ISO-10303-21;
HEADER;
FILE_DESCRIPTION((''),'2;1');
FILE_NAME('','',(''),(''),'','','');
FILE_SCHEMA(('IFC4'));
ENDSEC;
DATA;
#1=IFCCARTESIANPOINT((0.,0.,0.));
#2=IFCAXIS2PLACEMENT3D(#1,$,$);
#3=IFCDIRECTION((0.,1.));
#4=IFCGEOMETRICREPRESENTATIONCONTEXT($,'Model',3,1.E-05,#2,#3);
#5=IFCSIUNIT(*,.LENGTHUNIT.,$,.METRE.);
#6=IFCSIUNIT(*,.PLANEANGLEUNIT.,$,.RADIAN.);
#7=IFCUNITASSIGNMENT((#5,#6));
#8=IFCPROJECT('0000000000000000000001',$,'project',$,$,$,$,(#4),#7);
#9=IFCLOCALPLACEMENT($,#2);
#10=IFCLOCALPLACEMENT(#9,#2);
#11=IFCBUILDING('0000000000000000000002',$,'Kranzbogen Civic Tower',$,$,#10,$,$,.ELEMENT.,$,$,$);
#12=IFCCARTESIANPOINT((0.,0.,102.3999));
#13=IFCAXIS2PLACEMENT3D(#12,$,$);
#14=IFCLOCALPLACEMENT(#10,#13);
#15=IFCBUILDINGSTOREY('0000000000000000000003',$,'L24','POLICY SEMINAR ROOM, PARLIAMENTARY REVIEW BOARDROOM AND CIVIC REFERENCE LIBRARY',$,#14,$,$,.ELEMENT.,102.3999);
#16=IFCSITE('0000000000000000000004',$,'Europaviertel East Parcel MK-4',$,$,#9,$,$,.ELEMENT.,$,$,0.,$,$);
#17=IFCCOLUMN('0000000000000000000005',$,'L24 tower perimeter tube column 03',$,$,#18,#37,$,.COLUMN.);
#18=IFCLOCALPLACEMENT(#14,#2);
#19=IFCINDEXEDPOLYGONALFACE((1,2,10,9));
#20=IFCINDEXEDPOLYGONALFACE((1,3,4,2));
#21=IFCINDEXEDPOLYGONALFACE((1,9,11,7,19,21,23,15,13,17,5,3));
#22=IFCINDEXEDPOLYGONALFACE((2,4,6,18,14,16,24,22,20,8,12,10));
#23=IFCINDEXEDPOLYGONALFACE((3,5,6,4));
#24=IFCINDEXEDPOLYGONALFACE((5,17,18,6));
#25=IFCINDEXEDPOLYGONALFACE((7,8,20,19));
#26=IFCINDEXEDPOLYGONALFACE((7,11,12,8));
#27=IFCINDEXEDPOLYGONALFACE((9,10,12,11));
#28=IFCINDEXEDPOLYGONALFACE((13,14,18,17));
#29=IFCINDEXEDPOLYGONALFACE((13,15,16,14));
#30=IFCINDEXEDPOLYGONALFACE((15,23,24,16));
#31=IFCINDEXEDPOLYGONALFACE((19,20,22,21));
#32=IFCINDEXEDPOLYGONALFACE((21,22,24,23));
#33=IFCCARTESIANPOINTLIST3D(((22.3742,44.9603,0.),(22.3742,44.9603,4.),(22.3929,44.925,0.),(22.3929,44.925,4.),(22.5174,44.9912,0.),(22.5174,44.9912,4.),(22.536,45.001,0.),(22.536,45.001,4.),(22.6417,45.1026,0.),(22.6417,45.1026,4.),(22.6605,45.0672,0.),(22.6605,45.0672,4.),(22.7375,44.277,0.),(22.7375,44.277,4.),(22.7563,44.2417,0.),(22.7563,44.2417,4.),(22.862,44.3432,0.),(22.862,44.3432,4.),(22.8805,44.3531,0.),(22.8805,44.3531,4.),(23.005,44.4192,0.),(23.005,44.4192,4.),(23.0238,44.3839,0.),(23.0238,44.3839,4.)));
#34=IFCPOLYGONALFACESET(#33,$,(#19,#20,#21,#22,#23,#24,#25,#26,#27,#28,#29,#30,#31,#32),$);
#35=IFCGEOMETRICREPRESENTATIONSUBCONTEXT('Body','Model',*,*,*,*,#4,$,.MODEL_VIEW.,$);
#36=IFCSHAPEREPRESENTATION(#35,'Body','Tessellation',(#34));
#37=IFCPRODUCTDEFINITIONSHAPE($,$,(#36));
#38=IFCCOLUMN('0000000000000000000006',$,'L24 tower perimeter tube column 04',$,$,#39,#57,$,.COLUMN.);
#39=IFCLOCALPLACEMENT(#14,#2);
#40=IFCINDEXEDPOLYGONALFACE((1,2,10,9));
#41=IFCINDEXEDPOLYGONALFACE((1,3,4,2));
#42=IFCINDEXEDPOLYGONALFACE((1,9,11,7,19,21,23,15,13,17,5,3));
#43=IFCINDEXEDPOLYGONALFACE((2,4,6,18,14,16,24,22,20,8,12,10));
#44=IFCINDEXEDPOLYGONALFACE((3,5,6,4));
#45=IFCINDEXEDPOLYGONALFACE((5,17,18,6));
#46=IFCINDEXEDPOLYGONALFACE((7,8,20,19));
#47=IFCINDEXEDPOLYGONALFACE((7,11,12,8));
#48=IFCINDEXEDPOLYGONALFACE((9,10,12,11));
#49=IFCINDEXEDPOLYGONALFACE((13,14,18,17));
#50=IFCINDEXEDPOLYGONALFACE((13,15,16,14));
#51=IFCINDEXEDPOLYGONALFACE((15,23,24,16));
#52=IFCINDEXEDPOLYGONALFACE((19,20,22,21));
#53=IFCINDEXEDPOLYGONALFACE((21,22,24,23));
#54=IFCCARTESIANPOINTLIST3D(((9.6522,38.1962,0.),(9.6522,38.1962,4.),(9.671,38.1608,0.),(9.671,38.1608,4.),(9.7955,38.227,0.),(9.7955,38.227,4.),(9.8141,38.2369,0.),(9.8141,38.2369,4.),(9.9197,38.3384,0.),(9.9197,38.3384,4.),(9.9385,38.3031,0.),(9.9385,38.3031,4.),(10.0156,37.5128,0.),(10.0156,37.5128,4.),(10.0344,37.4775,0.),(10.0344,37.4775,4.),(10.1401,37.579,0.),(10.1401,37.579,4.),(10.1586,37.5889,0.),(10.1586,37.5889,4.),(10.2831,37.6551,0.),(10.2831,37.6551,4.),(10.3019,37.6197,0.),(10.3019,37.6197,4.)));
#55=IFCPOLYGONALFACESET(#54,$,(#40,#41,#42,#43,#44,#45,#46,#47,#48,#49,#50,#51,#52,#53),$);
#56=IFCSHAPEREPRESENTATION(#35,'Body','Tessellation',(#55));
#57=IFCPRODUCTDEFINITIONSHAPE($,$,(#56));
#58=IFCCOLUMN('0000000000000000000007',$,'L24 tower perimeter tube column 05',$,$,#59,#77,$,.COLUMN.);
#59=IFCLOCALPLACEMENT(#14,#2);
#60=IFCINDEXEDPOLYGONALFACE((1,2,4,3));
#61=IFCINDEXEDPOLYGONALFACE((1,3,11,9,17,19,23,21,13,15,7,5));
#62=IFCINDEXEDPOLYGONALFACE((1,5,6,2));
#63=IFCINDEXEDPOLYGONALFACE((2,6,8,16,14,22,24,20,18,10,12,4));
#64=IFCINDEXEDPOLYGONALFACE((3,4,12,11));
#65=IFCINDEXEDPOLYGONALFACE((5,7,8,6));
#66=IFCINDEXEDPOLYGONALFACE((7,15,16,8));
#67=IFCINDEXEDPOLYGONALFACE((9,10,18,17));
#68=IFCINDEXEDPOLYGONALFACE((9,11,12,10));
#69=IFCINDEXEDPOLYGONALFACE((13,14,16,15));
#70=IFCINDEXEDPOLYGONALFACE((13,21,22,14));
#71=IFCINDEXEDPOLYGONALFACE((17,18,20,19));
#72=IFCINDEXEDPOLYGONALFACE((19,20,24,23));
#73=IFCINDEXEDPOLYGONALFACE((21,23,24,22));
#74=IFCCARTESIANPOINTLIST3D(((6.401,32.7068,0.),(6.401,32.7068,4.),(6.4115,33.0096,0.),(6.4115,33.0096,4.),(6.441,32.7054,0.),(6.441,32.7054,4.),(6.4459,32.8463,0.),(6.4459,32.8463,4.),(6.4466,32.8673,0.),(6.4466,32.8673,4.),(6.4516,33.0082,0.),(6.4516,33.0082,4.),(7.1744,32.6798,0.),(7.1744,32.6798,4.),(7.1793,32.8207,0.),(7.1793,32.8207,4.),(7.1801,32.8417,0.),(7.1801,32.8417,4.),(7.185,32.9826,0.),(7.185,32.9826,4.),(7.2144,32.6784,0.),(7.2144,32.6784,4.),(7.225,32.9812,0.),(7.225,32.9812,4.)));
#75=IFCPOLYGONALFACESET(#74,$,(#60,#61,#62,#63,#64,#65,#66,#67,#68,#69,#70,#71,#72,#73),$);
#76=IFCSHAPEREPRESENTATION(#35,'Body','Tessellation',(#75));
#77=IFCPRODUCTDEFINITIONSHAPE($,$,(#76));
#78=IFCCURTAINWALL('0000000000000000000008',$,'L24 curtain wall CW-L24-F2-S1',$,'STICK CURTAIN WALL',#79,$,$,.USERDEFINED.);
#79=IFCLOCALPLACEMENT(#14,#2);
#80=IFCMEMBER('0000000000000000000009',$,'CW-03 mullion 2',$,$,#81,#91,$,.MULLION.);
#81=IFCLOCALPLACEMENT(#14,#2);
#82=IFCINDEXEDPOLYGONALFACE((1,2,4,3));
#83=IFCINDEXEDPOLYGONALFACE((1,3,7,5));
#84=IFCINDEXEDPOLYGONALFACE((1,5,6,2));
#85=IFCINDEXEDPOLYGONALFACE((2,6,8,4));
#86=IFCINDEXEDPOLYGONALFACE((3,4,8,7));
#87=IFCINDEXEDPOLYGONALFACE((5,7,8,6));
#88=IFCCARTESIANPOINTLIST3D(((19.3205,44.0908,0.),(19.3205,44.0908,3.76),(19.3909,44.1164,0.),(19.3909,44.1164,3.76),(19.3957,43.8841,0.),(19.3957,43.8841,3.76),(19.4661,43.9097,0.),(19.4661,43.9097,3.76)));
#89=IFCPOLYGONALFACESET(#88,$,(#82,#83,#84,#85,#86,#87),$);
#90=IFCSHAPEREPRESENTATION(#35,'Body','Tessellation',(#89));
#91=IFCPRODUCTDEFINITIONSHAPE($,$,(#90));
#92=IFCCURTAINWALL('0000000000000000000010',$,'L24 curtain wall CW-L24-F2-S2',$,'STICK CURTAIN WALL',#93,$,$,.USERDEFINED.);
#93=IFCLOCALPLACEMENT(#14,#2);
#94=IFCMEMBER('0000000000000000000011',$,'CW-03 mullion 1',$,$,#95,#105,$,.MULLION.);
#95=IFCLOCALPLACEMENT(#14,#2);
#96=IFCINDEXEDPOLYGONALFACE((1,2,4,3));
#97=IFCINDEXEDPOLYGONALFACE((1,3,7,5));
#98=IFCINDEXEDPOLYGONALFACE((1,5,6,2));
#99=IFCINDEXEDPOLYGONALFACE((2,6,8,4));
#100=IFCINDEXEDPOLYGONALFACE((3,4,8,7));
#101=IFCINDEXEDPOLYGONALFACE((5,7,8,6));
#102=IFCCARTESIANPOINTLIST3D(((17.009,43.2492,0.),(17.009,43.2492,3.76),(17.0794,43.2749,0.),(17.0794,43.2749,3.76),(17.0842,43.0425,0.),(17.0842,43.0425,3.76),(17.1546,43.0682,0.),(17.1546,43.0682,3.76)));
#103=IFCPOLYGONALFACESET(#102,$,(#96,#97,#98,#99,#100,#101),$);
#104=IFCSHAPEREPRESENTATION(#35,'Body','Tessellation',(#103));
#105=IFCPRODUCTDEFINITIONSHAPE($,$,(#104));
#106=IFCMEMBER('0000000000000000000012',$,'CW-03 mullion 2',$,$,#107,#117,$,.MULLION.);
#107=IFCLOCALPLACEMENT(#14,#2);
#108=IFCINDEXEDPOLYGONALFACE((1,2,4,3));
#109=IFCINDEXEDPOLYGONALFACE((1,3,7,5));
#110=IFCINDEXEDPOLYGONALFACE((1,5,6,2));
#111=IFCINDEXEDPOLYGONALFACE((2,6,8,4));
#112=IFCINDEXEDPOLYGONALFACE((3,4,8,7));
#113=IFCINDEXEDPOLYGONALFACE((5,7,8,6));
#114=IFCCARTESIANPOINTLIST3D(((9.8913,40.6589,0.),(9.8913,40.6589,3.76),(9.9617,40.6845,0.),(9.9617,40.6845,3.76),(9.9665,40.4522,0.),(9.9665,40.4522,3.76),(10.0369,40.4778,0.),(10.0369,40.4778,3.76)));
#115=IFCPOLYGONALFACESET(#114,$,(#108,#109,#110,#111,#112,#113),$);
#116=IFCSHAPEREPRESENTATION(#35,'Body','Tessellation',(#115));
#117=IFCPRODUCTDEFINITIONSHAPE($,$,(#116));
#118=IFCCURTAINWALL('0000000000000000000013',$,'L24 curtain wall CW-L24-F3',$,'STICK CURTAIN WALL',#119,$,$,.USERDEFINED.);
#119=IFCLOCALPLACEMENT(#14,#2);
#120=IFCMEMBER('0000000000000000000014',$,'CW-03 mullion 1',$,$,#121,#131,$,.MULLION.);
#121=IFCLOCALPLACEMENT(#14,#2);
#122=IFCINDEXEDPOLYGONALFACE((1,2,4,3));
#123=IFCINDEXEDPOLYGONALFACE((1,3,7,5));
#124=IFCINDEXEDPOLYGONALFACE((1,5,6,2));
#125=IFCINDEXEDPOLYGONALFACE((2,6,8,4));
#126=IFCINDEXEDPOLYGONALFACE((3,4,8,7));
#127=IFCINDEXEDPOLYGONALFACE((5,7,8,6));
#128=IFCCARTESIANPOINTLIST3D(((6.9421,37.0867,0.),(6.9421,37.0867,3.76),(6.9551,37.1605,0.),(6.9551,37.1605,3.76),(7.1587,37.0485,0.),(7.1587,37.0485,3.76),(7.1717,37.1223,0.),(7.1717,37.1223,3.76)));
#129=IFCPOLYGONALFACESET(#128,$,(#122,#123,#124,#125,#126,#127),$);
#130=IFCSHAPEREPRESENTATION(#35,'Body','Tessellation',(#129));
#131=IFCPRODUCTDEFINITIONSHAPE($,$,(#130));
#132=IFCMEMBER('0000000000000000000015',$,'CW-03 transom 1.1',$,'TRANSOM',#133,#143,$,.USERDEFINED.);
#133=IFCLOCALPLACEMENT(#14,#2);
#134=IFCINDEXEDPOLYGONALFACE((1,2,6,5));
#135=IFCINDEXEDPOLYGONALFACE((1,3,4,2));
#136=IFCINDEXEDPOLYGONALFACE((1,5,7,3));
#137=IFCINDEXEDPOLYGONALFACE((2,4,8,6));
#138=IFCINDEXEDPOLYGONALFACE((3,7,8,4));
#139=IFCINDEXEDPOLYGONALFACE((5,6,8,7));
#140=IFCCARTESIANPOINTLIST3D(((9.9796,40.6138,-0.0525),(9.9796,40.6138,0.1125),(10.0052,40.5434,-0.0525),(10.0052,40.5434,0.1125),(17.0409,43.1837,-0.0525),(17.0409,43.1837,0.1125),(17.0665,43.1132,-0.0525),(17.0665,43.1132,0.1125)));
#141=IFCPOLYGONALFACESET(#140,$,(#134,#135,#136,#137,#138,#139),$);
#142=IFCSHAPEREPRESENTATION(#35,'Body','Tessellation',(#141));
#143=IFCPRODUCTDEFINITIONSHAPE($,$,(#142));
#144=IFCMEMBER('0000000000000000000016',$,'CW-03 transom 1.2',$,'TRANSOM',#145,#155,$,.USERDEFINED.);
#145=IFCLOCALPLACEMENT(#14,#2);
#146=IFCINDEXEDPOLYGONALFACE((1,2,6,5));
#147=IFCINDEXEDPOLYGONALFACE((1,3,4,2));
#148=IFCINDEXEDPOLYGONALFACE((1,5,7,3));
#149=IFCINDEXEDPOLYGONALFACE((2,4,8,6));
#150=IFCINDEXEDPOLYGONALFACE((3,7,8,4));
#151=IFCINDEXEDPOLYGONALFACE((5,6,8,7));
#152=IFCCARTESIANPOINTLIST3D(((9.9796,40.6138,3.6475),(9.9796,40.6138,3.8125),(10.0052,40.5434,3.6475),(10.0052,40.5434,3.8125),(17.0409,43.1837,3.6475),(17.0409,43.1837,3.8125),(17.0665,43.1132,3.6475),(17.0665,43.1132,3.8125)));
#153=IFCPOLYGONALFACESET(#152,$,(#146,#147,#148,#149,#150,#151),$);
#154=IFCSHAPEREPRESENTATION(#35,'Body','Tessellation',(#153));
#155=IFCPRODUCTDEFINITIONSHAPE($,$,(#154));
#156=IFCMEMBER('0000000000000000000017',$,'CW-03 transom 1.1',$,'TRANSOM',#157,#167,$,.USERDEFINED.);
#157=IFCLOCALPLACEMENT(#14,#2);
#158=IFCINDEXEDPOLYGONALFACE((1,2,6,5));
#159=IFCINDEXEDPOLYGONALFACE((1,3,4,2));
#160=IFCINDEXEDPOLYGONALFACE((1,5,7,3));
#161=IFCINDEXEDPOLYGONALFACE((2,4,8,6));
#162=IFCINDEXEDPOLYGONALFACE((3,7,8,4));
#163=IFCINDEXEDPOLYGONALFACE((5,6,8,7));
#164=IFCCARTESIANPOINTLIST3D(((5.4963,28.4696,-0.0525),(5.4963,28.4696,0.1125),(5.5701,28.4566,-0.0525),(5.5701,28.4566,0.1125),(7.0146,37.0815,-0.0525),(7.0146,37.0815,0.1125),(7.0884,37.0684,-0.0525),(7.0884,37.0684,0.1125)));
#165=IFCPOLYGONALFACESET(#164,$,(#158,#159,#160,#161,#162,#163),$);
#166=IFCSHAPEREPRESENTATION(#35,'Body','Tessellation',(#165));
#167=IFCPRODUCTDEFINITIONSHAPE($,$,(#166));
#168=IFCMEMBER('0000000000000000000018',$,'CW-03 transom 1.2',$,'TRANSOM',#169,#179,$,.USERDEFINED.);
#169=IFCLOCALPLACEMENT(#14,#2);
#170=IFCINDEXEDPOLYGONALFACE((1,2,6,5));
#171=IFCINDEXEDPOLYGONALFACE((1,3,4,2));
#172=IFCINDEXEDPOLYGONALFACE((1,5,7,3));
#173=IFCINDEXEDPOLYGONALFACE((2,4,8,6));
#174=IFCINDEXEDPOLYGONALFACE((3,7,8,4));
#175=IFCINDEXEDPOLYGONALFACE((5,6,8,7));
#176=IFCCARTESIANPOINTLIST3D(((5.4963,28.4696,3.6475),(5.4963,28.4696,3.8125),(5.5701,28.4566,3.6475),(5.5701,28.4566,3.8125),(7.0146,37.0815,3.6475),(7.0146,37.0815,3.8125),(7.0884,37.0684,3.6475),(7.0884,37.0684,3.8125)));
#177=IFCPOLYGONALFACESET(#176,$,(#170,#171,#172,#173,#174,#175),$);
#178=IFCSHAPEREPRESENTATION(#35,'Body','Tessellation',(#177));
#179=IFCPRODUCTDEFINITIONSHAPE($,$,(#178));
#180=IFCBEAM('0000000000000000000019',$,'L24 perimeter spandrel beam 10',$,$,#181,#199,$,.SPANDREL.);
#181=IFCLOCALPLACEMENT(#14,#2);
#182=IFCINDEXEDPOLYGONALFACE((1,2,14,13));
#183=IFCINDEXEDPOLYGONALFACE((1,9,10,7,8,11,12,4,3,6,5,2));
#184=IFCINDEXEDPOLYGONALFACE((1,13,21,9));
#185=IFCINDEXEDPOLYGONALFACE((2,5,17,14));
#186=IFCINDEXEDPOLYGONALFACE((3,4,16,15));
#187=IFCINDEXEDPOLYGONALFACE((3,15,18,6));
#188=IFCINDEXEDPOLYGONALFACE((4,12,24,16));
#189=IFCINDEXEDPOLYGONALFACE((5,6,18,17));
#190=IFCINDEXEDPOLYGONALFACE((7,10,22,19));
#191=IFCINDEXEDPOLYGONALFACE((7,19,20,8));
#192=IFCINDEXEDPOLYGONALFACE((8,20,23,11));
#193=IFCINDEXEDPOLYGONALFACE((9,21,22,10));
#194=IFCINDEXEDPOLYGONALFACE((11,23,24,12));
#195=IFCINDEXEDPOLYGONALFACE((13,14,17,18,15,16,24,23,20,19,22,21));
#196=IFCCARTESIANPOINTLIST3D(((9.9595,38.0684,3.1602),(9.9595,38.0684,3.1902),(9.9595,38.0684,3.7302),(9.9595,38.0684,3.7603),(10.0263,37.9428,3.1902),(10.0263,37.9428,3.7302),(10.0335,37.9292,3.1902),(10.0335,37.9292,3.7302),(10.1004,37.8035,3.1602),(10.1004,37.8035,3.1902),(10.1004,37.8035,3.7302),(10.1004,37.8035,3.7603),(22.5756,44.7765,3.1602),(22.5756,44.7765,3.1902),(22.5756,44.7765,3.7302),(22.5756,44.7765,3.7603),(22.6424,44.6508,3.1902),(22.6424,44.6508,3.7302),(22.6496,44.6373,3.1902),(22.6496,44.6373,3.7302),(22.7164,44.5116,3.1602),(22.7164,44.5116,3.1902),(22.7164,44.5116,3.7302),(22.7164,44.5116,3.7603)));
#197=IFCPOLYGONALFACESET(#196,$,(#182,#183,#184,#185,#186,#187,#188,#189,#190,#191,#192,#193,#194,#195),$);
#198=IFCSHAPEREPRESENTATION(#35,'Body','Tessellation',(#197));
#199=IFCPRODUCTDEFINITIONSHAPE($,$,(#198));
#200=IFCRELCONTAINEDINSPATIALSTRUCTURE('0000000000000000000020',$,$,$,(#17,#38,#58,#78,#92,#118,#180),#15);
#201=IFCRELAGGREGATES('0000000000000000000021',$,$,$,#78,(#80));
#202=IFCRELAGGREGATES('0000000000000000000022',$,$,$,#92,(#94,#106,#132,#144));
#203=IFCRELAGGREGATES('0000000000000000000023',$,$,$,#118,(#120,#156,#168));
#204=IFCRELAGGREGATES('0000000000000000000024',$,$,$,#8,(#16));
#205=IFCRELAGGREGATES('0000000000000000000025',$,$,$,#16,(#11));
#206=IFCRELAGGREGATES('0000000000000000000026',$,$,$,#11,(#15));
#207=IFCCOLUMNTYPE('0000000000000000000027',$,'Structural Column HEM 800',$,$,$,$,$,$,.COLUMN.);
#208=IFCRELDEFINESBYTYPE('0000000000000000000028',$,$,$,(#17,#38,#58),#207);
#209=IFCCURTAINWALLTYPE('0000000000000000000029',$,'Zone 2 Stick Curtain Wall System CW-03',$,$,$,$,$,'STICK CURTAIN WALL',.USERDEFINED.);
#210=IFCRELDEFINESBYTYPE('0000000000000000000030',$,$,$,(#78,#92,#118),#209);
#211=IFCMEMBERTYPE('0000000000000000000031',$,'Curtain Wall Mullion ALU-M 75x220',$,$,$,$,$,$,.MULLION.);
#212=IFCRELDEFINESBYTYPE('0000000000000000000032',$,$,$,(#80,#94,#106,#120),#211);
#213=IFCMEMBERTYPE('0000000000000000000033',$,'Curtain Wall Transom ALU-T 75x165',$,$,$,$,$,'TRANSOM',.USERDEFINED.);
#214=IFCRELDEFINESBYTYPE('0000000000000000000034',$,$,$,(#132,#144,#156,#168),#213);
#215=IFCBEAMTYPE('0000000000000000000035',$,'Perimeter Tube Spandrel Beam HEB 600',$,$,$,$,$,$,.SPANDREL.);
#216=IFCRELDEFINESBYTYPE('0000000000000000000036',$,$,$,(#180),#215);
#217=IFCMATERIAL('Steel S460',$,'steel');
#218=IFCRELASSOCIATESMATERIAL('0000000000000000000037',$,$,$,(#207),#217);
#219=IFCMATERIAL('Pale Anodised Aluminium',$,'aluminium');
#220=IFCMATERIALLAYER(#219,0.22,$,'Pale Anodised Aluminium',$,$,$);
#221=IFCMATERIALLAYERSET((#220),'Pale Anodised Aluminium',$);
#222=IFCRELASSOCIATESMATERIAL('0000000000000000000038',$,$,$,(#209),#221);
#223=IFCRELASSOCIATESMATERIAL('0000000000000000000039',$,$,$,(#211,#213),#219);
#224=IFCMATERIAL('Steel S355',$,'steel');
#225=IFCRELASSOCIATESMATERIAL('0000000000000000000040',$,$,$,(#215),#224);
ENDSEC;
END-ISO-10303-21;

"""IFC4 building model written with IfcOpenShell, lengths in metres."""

from ifc_helpers import new_model, si_unit, direction, frame, origin, origin_2d, place, context, subcontext, project, spatial, rectangle, i_section, extrude, material, layer, layer_set, material_profile, profile_set, type_object, element, aggregate, save


model = new_model("IFC4")

# Units and contexts
model_context = context("Model", 3, precision=1e-05, world=origin(), true_north=direction((0.0, 1.0)))
body_context = subcontext(model_context, "Body", "Model", "MODEL_VIEW")
ifc_project = project(units=[si_unit("LENGTHUNIT", "METRE"), si_unit("PLANEANGLEUNIT", "RADIAN")], contexts=[model_context])

# Site, building, storey
site_placement = place(None, origin())
site = spatial("IfcSite", under=ifc_project, at=site_placement, Name="Europaviertel East Parcel MK-4", CompositionType="ELEMENT", RefElevation=0.0)
building_placement = place(site_placement, origin())
building = spatial("IfcBuilding", under=site, at=building_placement, Name="Kranzbogen Civic Tower", CompositionType="ELEMENT")
storey_placement = place(building_placement, frame((0.0, 0.0, 102.3999)))
storey = spatial("IfcBuildingStorey", under=building, at=storey_placement, Name="L24", Description="POLICY SEMINAR ROOM, PARLIAMENTARY REVIEW BOARDROOM AND CIVIC REFERENCE LIBRARY", CompositionType="ELEMENT", Elevation=102.3999)

# Columns
ifc_material_1 = material(Name="Steel S460", Category="steel")
ifc_material_profile_1 = material_profile(ifc_material_1, i_section(OverallWidth=0.303, OverallDepth=0.814, WebThickness=0.021, FlangeThickness=0.04, at=origin_2d()), Name="HEM 800")
ifc_profile_set_1 = profile_set([ifc_material_profile_1], Name="Steel S460")
column_type = type_object("IfcColumnType", Name="Structural Column HEM 800", PredefinedType="COLUMN", material=ifc_profile_set_1)
for number, where, z_axis, x_axis, name in (
    (1, (22.699, 44.6721, 0.0), (0.0, 0.0, 1.0), (0.882948, 0.469472, 0.0), "L24 tower perimeter tube column 03"),
    (2, (9.9771, 37.908, 0.0), (0.0, 0.0, 1.0), (0.882948, 0.469472, 0.0), "L24 tower perimeter tube column 04"),
    (3, (6.813, 32.844, 0.0), (0.0, 0.0, 1.0), (0.034899, 0.999391, 0.0), "L24 tower perimeter tube column 05"),
):
    element("IfcColumn", number, at=place(storey_placement, frame(where, z_axis=z_axis, x_axis=x_axis)), inside=storey, type_object=column_type, Name=name, PredefinedType="COLUMN", context=body_context, shape_type="SweptSolid", body=[
        extrude(i_section(OverallWidth=0.303, OverallDepth=0.814, WebThickness=0.021, FlangeThickness=0.04, at=origin_2d()), origin(), (0.0, 0.0, 1.0), 4.0),
    ])

# Curtain wall, member
ifc_material_2 = material(Name="Pale Anodised Aluminium", Category="aluminium")
ifc_layer_1 = layer(ifc_material_2, 0.22, Name="Pale Anodised Aluminium")
ifc_layer_set_1 = layer_set([ifc_layer_1], Name="Pale Anodised Aluminium")
curtain_wall_type = type_object("IfcCurtainWallType", Name="Zone 2 Stick Curtain Wall System CW-03", ElementType="STICK CURTAIN WALL", PredefinedType="USERDEFINED", material=ifc_layer_set_1)
curtain_wall_1_placement = place(storey_placement, origin())
curtain_wall_1 = element("IfcCurtainWall", 4, at=curtain_wall_1_placement, inside=storey, type_object=curtain_wall_type, Name="L24 curtain wall CW-L24-F2-S1", ObjectType="STICK CURTAIN WALL", PredefinedType="USERDEFINED")
ifc_material_profile_2 = material_profile(ifc_material_2, rectangle(XDim=0.075, YDim=0.22, at=origin_2d()), Name="ALU-M 75x220")
ifc_profile_set_2 = profile_set([ifc_material_profile_2], Name="Pale Anodised Aluminium")
member_type_1 = type_object("IfcMemberType", Name="Curtain Wall Mullion ALU-M 75x220", PredefinedType="MULLION", material=ifc_profile_set_2)
member_1_placement = place(storey_placement, frame((19.3933, 44.0002, 0.0), z_axis=(0.0, 0.0, 1.0), x_axis=(-0.939698, -0.342006, 0.0)))
member_1 = element("IfcMember", 5, at=member_1_placement, type_object=member_type_1, Name="CW-03 mullion 2", PredefinedType="MULLION", context=body_context, shape_type="SweptSolid", body=[
    extrude(rectangle(XDim=0.075, YDim=0.22, at=origin_2d()), origin(), (0.0, 0.0, 1.0), 3.76),
])

# Curtain wall, members
curtain_wall_2_placement = place(storey_placement, origin())
curtain_wall_2 = element("IfcCurtainWall", 6, at=curtain_wall_2_placement, inside=storey, type_object=curtain_wall_type, Name="L24 curtain wall CW-L24-F2-S2", ObjectType="STICK CURTAIN WALL", PredefinedType="USERDEFINED")
member_2_placement = place(storey_placement, frame((17.0818, 43.1587, 0.0), z_axis=(0.0, 0.0, 1.0), x_axis=(-0.939698, -0.342006, 0.0)))
member_2 = element("IfcMember", 7, at=member_2_placement, type_object=member_type_1, Name="CW-03 mullion 1", PredefinedType="MULLION", context=body_context, shape_type="SweptSolid", body=[
    extrude(rectangle(XDim=0.075, YDim=0.22, at=origin_2d()), origin(), (0.0, 0.0, 1.0), 3.76),
])
member_3_placement = place(storey_placement, frame((9.9641, 40.5684, 0.0), z_axis=(0.0, 0.0, 1.0), x_axis=(-0.939698, -0.342006, 0.0)))
member_3 = element("IfcMember", 8, at=member_3_placement, type_object=member_type_1, Name="CW-03 mullion 2", PredefinedType="MULLION", context=body_context, shape_type="SweptSolid", body=[
    extrude(rectangle(XDim=0.075, YDim=0.22, at=origin_2d()), origin(), (0.0, 0.0, 1.0), 3.76),
])

# Curtain wall, member
curtain_wall_3_placement = place(storey_placement, origin())
curtain_wall_3 = element("IfcCurtainWall", 9, at=curtain_wall_3_placement, inside=storey, type_object=curtain_wall_type, Name="L24 curtain wall CW-L24-F3", ObjectType="STICK CURTAIN WALL", PredefinedType="USERDEFINED")
member_4_placement = place(storey_placement, frame((7.0569, 37.1045, 0.0), z_axis=(0.0, 0.0, 1.0), x_axis=(-0.173634, -0.98481, 0.0)))
member_4 = element("IfcMember", 10, at=member_4_placement, type_object=member_type_1, Name="CW-03 mullion 1", PredefinedType="MULLION", context=body_context, shape_type="SweptSolid", body=[
    extrude(rectangle(XDim=0.075, YDim=0.22, at=origin_2d()), origin(), (0.0, 0.0, 1.0), 3.76),
])

# Members
ifc_material_profile_3 = material_profile(ifc_material_2, rectangle(XDim=0.075, YDim=0.165, at=origin_2d()), Name="ALU-T 75x165")
ifc_profile_set_3 = profile_set([ifc_material_profile_3], Name="Pale Anodised Aluminium")
member_type_2 = type_object("IfcMemberType", Name="Curtain Wall Transom ALU-T 75x165", ElementType="TRANSOM", PredefinedType="USERDEFINED", material=ifc_profile_set_3)
member_5_placement = place(storey_placement, frame((17.0537, 43.1484, 0.03), z_axis=(-0.939704, -0.341988, 0.0), x_axis=(0.341988, -0.939704, 0.0)))
member_5 = element("IfcMember", 11, at=member_5_placement, type_object=member_type_2, Name="CW-03 transom 1.1", ObjectType="TRANSOM", PredefinedType="USERDEFINED", context=body_context, shape_type="SweptSolid", body=[
    extrude(rectangle(XDim=0.075, YDim=0.165, at=origin_2d()), origin(), (0.0, 0.0, 1.0), 7.5144),
])
member_6_placement = place(storey_placement, frame((17.0537, 43.1484, 3.73), z_axis=(-0.939704, -0.341988, 0.0), x_axis=(0.341988, -0.939704, 0.0)))
member_6 = element("IfcMember", 12, at=member_6_placement, type_object=member_type_2, Name="CW-03 transom 1.2", ObjectType="TRANSOM", PredefinedType="USERDEFINED", context=body_context, shape_type="SweptSolid", body=[
    extrude(rectangle(XDim=0.075, YDim=0.165, at=origin_2d()), origin(), (0.0, 0.0, 1.0), 7.5144),
])
member_7_placement = place(storey_placement, frame((7.0515, 37.075, 0.03), z_axis=(-0.173628, -0.984811, 0.0), x_axis=(0.984811, -0.173628, 0.0)))
member_7 = element("IfcMember", 13, at=member_7_placement, type_object=member_type_2, Name="CW-03 transom 1.1", ObjectType="TRANSOM", PredefinedType="USERDEFINED", context=body_context, shape_type="SweptSolid", body=[
    extrude(rectangle(XDim=0.075, YDim=0.165, at=origin_2d()), origin(), (0.0, 0.0, 1.0), 8.7446),
])
member_8_placement = place(storey_placement, frame((7.0515, 37.075, 3.73), z_axis=(-0.173628, -0.984811, 0.0), x_axis=(0.984811, -0.173628, 0.0)))
member_8 = element("IfcMember", 14, at=member_8_placement, type_object=member_type_2, Name="CW-03 transom 1.2", ObjectType="TRANSOM", PredefinedType="USERDEFINED", context=body_context, shape_type="SweptSolid", body=[
    extrude(rectangle(XDim=0.075, YDim=0.165, at=origin_2d()), origin(), (0.0, 0.0, 1.0), 8.7446),
])

# Beam
ifc_material_3 = material(Name="Steel S355", Category="steel")
ifc_material_profile_4 = material_profile(ifc_material_3, i_section(OverallWidth=0.3, OverallDepth=0.6001, WebThickness=0.0154, FlangeThickness=0.03, at=origin_2d()), Name="HEB 600")
ifc_profile_set_4 = profile_set([ifc_material_profile_4], Name="Steel S355")
beam_type_1 = type_object("IfcBeamType", Name="Perimeter Tube Spandrel Beam HEB 600", PredefinedType="SPANDREL", material=ifc_profile_set_4)
beam_1_placement = place(storey_placement, frame((22.646, 44.644, 3.4602), z_axis=(-0.882948, -0.46947, 0.0), x_axis=(0.46947, -0.882948, 0.0)))
element("IfcBeam", 15, at=beam_1_placement, inside=storey, type_object=beam_type_1, Name="L24 perimeter spandrel beam 10", PredefinedType="SPANDREL", context=body_context, shape_type="SweptSolid", body=[
    extrude(i_section(OverallWidth=0.3, OverallDepth=0.6001, WebThickness=0.0154, FlangeThickness=0.03, at=origin_2d()), origin(), (0.0, 0.0, 1.0), 14.2886),
])

aggregate(curtain_wall_1, [member_1])
aggregate(curtain_wall_2, [member_2, member_3, member_5, member_6])
aggregate(curtain_wall_3, [member_4, member_7, member_8])

save(model, "model.ifc")
